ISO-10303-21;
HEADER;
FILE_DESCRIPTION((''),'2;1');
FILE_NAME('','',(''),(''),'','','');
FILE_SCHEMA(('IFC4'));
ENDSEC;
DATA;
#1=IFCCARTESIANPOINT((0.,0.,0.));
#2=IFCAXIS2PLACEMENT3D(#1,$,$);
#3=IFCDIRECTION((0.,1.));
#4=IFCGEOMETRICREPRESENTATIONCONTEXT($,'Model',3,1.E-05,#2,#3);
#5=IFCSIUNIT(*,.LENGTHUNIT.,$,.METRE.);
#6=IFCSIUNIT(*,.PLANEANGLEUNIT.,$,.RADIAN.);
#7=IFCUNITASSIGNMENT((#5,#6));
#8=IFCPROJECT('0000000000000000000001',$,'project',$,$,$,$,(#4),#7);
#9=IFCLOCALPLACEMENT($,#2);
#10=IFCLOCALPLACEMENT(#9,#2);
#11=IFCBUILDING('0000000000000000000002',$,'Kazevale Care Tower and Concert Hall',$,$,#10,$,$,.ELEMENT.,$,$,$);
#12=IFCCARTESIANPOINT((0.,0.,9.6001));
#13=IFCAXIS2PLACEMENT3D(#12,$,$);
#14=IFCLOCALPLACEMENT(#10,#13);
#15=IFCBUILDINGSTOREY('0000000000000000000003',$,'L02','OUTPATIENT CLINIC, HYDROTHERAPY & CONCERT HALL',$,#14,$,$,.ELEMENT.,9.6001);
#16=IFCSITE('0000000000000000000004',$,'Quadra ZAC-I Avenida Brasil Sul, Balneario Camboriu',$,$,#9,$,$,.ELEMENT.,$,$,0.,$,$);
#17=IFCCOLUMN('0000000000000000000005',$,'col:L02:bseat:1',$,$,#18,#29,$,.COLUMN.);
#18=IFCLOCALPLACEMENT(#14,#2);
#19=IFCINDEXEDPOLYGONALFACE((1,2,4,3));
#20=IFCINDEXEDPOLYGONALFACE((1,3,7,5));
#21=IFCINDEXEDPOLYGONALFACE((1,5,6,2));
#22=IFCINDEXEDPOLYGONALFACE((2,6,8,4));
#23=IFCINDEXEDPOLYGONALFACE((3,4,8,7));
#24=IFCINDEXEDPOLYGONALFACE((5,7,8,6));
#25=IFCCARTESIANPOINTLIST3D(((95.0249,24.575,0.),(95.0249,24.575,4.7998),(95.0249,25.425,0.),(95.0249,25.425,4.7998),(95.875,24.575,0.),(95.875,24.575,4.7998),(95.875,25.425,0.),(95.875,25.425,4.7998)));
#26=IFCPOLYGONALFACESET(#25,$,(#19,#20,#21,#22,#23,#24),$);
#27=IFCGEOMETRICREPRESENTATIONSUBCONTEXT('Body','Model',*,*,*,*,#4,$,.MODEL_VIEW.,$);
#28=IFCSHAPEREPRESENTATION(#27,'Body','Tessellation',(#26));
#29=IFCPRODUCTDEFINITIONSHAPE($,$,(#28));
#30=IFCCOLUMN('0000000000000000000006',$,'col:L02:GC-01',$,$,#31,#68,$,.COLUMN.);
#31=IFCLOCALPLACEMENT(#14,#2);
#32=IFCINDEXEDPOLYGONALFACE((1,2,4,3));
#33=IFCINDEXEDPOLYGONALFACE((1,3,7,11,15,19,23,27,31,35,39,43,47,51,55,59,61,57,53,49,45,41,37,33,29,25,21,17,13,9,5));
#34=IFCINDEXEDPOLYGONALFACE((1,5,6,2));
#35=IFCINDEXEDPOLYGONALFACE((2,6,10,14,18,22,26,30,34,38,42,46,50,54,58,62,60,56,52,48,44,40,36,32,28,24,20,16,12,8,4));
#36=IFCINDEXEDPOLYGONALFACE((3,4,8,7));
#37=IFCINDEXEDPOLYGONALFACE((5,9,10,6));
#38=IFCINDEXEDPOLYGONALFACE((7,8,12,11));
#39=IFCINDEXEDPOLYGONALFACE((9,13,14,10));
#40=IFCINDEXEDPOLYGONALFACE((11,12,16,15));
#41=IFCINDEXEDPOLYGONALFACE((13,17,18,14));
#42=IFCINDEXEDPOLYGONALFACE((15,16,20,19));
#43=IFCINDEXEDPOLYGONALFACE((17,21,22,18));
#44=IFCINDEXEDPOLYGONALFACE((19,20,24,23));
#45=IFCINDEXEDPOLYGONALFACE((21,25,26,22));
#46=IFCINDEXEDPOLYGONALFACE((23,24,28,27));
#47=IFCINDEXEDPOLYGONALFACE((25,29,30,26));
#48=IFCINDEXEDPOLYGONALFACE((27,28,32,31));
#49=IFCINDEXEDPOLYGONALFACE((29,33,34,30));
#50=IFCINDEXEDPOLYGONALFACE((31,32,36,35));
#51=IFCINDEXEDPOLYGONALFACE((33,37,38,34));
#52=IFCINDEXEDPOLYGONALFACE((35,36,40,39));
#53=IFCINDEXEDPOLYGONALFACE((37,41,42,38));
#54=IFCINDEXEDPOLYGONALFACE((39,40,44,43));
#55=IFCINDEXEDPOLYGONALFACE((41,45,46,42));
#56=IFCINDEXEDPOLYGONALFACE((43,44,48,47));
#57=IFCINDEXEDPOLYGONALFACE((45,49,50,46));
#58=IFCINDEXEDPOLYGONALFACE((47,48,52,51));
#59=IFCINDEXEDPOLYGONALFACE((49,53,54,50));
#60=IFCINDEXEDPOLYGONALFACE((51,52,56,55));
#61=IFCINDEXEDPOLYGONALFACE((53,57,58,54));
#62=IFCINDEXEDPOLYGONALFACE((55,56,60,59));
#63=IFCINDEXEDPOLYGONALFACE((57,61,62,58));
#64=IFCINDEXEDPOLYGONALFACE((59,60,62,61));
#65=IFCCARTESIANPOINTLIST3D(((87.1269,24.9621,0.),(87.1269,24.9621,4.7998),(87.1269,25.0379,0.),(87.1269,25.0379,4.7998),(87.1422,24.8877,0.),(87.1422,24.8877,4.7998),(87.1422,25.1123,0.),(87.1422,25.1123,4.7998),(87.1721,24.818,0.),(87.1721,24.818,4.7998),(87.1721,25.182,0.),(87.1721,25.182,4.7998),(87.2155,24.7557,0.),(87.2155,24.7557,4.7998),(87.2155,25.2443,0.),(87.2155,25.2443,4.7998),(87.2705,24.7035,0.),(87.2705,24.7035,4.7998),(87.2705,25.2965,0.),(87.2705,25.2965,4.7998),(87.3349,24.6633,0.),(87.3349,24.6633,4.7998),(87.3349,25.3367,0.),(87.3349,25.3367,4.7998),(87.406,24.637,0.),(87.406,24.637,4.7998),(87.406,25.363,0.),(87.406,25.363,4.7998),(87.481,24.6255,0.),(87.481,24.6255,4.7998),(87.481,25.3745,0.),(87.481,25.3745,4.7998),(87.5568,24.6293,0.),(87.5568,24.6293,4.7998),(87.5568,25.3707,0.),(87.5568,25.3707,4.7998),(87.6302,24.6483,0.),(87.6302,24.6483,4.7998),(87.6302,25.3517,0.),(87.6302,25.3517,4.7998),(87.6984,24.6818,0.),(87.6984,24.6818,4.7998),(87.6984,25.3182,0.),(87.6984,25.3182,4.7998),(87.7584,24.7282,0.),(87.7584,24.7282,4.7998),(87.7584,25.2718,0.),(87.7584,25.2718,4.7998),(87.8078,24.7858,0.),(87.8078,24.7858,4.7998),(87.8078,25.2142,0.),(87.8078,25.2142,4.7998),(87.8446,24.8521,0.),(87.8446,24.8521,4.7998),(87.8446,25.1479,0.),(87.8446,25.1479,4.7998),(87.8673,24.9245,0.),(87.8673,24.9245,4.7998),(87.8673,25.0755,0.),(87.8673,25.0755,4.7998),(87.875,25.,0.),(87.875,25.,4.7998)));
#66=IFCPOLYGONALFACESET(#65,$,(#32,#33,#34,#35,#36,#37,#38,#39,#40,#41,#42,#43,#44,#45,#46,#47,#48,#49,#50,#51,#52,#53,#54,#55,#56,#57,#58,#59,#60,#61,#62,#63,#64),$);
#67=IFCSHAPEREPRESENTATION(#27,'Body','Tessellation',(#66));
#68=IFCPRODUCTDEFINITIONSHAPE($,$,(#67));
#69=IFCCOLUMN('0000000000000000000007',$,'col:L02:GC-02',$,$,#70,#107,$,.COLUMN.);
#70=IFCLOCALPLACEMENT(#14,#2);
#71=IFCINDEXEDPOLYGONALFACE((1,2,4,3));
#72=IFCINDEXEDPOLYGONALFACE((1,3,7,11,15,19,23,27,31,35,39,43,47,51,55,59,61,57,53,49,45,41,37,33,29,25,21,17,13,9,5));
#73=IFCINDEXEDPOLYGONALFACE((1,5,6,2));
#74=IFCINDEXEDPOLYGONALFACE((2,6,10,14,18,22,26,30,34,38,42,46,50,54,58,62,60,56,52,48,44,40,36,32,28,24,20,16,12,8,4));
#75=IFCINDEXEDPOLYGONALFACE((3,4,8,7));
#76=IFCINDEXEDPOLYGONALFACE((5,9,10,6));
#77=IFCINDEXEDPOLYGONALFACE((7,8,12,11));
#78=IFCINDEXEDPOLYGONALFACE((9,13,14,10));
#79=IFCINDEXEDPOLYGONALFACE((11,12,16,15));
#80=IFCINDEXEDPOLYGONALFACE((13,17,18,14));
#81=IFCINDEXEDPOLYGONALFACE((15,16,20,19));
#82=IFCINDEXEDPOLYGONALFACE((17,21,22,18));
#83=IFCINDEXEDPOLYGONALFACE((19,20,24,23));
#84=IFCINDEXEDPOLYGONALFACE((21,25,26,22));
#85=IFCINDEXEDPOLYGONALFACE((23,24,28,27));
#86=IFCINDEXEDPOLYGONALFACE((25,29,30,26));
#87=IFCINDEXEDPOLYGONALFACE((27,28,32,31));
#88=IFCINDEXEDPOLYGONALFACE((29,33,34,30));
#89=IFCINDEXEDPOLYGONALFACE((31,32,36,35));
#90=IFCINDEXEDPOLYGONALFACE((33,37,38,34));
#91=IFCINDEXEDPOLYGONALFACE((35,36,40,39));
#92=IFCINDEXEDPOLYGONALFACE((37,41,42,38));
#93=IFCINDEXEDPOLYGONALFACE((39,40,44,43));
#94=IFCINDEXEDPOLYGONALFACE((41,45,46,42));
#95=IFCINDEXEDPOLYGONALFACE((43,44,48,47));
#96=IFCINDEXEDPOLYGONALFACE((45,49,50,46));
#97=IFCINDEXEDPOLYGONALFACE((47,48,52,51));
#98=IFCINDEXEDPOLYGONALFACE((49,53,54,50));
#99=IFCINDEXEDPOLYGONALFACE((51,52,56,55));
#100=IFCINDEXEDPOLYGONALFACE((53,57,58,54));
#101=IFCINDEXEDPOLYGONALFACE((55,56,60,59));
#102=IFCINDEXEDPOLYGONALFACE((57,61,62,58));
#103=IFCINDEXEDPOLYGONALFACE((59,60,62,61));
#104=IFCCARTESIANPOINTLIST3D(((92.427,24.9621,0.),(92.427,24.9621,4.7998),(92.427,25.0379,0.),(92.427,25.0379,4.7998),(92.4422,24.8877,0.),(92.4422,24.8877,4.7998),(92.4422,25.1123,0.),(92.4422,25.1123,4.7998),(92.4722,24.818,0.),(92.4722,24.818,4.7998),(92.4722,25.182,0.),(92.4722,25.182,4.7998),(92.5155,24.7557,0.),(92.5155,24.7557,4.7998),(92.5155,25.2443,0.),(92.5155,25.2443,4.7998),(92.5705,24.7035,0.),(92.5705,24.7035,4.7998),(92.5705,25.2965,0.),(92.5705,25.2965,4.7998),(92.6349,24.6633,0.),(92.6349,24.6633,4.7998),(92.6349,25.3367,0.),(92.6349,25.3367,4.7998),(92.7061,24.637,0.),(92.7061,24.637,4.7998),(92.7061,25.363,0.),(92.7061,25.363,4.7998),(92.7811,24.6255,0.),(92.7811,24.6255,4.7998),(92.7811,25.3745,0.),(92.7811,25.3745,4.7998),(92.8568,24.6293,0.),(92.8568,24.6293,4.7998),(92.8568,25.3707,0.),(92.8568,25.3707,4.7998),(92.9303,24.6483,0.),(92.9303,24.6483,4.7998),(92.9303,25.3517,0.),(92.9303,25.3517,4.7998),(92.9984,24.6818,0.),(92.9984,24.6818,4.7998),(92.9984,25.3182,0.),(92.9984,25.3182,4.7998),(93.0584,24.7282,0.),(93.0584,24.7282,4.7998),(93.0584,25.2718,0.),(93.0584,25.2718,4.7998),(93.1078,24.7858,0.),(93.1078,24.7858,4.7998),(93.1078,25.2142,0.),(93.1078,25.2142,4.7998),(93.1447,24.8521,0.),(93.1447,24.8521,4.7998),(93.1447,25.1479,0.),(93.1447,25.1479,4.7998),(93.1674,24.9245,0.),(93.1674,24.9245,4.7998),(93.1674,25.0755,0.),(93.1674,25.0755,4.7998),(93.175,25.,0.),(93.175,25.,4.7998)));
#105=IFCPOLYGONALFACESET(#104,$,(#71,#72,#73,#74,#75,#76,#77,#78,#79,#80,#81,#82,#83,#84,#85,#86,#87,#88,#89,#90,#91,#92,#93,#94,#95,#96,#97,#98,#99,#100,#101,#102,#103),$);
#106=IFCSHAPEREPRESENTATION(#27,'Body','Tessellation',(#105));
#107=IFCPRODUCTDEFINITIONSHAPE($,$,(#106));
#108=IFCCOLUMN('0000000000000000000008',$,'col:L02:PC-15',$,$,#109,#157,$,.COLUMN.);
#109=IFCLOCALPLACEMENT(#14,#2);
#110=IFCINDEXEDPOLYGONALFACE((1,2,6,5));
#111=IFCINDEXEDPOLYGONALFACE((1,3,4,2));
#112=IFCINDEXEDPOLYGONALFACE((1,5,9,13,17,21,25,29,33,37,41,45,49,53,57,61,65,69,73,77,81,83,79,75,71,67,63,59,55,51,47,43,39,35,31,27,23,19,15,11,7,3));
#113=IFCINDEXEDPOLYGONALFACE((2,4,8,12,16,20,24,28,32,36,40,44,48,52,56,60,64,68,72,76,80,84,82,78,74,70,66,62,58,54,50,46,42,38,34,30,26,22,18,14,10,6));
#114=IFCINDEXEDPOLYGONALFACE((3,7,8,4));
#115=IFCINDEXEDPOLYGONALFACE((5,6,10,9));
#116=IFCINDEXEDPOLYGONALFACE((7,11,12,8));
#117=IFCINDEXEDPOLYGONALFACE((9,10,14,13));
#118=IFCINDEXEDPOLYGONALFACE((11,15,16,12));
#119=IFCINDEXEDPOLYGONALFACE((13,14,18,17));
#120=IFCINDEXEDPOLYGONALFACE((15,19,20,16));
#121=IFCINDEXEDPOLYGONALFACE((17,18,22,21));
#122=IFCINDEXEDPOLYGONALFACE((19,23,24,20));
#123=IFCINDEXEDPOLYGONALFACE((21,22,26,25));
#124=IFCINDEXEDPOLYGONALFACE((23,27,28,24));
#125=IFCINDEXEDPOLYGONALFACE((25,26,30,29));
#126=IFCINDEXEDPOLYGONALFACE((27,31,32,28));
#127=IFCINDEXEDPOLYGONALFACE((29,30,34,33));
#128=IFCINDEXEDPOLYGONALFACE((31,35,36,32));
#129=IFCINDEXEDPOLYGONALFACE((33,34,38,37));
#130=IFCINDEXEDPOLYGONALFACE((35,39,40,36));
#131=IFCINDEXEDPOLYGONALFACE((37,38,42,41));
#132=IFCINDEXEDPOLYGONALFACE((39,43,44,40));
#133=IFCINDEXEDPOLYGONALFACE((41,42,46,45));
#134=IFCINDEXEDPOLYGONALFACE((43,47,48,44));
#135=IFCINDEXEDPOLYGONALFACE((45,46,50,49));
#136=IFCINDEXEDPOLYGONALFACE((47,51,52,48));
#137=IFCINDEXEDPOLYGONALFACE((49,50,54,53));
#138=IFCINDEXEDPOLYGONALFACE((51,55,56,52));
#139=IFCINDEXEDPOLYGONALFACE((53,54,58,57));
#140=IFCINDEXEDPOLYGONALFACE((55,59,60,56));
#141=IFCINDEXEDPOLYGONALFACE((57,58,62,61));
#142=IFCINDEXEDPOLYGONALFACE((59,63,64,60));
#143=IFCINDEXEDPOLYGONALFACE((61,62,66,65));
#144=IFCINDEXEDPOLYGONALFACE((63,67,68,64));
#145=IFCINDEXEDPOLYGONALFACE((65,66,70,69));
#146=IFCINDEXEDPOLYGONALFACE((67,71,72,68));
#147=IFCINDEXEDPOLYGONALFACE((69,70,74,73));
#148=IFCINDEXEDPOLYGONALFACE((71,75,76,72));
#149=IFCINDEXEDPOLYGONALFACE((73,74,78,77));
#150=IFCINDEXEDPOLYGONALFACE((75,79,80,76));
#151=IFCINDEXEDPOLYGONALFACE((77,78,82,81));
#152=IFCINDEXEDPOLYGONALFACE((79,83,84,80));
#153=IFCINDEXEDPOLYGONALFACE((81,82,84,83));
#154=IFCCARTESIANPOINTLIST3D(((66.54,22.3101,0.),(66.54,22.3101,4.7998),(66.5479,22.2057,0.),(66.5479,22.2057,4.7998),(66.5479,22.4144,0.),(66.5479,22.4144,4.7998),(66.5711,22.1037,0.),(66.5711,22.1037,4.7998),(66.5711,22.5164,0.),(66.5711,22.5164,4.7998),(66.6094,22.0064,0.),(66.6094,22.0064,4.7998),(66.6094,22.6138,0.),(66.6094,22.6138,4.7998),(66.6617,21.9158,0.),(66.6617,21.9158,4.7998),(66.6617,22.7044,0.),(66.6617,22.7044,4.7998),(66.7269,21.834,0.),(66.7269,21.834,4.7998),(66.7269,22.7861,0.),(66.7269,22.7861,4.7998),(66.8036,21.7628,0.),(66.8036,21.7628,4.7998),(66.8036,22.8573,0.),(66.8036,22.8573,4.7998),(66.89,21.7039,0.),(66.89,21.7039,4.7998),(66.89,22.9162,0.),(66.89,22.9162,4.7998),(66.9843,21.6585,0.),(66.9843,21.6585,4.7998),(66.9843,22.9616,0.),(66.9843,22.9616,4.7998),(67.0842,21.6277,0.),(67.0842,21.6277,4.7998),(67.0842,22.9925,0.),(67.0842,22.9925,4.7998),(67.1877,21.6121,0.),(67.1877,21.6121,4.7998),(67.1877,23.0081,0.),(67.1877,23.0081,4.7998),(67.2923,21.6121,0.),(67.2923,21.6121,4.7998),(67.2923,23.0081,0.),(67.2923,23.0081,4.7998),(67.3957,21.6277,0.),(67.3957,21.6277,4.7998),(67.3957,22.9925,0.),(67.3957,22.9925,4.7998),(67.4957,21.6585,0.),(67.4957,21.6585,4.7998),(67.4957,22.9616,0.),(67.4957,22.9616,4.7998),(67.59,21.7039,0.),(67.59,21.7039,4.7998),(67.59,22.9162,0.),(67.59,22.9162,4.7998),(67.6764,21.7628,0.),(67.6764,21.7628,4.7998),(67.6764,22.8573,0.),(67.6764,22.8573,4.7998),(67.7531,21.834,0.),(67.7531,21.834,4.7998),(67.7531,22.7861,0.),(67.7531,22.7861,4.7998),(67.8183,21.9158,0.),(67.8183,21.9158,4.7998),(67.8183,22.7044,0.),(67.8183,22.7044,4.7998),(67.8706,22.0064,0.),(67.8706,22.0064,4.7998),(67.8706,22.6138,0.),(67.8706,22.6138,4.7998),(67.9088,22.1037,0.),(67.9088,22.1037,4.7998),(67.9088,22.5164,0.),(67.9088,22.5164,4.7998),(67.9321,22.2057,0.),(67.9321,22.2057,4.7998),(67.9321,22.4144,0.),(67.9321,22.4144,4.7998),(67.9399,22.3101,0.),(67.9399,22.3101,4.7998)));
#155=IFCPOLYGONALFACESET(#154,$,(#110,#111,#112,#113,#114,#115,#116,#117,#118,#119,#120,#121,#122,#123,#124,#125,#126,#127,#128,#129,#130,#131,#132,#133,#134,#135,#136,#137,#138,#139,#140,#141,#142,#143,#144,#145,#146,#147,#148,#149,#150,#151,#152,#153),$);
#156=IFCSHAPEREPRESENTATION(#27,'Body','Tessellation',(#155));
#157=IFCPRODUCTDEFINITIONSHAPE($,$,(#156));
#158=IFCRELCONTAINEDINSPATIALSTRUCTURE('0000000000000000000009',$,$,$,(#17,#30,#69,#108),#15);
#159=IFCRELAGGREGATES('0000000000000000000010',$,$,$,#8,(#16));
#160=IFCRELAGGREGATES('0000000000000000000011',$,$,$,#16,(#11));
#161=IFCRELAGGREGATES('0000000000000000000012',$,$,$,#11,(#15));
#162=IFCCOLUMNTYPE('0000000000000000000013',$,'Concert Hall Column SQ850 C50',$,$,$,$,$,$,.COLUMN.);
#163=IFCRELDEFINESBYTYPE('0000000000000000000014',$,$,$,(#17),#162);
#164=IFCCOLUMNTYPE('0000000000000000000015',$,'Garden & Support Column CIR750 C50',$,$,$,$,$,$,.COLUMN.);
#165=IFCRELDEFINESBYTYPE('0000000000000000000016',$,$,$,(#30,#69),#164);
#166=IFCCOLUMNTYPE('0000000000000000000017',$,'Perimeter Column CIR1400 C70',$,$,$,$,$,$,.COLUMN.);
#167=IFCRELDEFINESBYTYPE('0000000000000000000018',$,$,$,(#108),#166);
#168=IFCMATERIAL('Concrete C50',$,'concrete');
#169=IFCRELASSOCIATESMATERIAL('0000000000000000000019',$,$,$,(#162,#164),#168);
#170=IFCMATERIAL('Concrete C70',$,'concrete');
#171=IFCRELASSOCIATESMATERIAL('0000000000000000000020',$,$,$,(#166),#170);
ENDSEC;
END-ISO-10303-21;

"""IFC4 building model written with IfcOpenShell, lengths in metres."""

from ifc_helpers import new_model, si_unit, direction, frame, origin, origin_2d, place, context, subcontext, project, spatial, rectangle, circle, extrude, material, material_profile, profile_set, type_object, element, save


model = new_model("IFC4")

# Units and contexts
model_context = context("Model", 3, precision=1e-05, world=origin(), true_north=direction((0.0, 1.0)))
body_context = subcontext(model_context, "Body", "Model", "MODEL_VIEW")
ifc_project = project(units=[si_unit("LENGTHUNIT", "METRE"), si_unit("PLANEANGLEUNIT", "RADIAN")], contexts=[model_context])

# Site, building, storey
site_placement = place(None, origin())
site = spatial("IfcSite", under=ifc_project, at=site_placement, Name="Quadra ZAC-I Avenida Brasil Sul, Balneario Camboriu", CompositionType="ELEMENT", RefElevation=0.0)
building_placement = place(site_placement, origin())
building = spatial("IfcBuilding", under=site, at=building_placement, Name="Kazevale Care Tower and Concert Hall", CompositionType="ELEMENT")
storey_placement = place(building_placement, frame((0.0, 0.0, 9.6001)))
storey = spatial("IfcBuildingStorey", under=building, at=storey_placement, Name="L02", Description="OUTPATIENT CLINIC, HYDROTHERAPY & CONCERT HALL", CompositionType="ELEMENT", Elevation=9.6001)

# Columns
ifc_material_1 = material(Name="Concrete C50", Category="concrete")
ifc_material_profile_1 = material_profile(ifc_material_1, rectangle(XDim=0.8501, YDim=0.8501, at=origin_2d()), Name="RC-SQ850")
ifc_profile_set_1 = profile_set([ifc_material_profile_1], Name="Concrete C50")
column_type_1 = type_object("IfcColumnType", Name="Concert Hall Column SQ850 C50", PredefinedType="COLUMN", material=ifc_profile_set_1)
column_placement = place(storey_placement, frame((95.45, 25.0, 0.0), z_axis=(0.0, 0.0, 1.0), x_axis=(1.0, 0.0, 0.0)))
element("IfcColumn", 1, at=column_placement, inside=storey, type_object=column_type_1, Name="col:L02:bseat:1", PredefinedType="COLUMN", context=body_context, shape_type="SweptSolid", body=[
    extrude(rectangle(XDim=0.8501, YDim=0.8501, at=origin_2d()), origin(), (0.0, 0.0, 1.0), 4.7998),
])
ifc_material_profile_2 = material_profile(ifc_material_1, circle(Radius=0.375, at=origin_2d()), Name="RC-CIR750")
ifc_profile_set_2 = profile_set([ifc_material_profile_2], Name="Concrete C50")
column_type_2 = type_object("IfcColumnType", Name="Garden & Support Column CIR750 C50", PredefinedType="COLUMN", material=ifc_profile_set_2)
for number, where, z_axis, x_axis, name in (
    (2, (87.5, 25.0, 0.0), (0.0, 0.0, 1.0), (1.0, 0.0, 0.0), "col:L02:GC-01"),
    (3, (92.8, 25.0, 0.0), (0.0, 0.0, 1.0), (1.0, 0.0, 0.0), "col:L02:GC-02"),
):
    element("IfcColumn", number, at=place(storey_placement, frame(where, z_axis=z_axis, x_axis=x_axis)), inside=storey, type_object=column_type_2, Name=name, PredefinedType="COLUMN", context=body_context, shape_type="SweptSolid", body=[
        extrude(circle(Radius=0.375, at=origin_2d()), origin(), (0.0, 0.0, 1.0), 4.7998),
    ])
ifc_material_2 = material(Name="Concrete C70", Category="concrete")
ifc_material_profile_3 = material_profile(ifc_material_2, circle(Radius=0.7, at=origin_2d()), Name="RC-CIR1400")
ifc_profile_set_3 = profile_set([ifc_material_profile_3], Name="Concrete C70")
column_type_3 = type_object("IfcColumnType", Name="Perimeter Column CIR1400 C70", PredefinedType="COLUMN", material=ifc_profile_set_3)
for number, where, z_axis, x_axis, name in (
    (4, (67.24, 22.3101, 0.0), (0.0, 0.0, 1.0), (1.0, 0.0, 0.0), "col:L02:PC-15"),
):
    element("IfcColumn", number, at=place(storey_placement, frame(where, z_axis=z_axis, x_axis=x_axis)), inside=storey, type_object=column_type_3, Name=name, PredefinedType="COLUMN", context=body_context, shape_type="SweptSolid", body=[
        extrude(circle(Radius=0.7, at=origin_2d()), origin(), (0.0, 0.0, 1.0), 4.7998),
    ])

save(model, "model.ifc")
